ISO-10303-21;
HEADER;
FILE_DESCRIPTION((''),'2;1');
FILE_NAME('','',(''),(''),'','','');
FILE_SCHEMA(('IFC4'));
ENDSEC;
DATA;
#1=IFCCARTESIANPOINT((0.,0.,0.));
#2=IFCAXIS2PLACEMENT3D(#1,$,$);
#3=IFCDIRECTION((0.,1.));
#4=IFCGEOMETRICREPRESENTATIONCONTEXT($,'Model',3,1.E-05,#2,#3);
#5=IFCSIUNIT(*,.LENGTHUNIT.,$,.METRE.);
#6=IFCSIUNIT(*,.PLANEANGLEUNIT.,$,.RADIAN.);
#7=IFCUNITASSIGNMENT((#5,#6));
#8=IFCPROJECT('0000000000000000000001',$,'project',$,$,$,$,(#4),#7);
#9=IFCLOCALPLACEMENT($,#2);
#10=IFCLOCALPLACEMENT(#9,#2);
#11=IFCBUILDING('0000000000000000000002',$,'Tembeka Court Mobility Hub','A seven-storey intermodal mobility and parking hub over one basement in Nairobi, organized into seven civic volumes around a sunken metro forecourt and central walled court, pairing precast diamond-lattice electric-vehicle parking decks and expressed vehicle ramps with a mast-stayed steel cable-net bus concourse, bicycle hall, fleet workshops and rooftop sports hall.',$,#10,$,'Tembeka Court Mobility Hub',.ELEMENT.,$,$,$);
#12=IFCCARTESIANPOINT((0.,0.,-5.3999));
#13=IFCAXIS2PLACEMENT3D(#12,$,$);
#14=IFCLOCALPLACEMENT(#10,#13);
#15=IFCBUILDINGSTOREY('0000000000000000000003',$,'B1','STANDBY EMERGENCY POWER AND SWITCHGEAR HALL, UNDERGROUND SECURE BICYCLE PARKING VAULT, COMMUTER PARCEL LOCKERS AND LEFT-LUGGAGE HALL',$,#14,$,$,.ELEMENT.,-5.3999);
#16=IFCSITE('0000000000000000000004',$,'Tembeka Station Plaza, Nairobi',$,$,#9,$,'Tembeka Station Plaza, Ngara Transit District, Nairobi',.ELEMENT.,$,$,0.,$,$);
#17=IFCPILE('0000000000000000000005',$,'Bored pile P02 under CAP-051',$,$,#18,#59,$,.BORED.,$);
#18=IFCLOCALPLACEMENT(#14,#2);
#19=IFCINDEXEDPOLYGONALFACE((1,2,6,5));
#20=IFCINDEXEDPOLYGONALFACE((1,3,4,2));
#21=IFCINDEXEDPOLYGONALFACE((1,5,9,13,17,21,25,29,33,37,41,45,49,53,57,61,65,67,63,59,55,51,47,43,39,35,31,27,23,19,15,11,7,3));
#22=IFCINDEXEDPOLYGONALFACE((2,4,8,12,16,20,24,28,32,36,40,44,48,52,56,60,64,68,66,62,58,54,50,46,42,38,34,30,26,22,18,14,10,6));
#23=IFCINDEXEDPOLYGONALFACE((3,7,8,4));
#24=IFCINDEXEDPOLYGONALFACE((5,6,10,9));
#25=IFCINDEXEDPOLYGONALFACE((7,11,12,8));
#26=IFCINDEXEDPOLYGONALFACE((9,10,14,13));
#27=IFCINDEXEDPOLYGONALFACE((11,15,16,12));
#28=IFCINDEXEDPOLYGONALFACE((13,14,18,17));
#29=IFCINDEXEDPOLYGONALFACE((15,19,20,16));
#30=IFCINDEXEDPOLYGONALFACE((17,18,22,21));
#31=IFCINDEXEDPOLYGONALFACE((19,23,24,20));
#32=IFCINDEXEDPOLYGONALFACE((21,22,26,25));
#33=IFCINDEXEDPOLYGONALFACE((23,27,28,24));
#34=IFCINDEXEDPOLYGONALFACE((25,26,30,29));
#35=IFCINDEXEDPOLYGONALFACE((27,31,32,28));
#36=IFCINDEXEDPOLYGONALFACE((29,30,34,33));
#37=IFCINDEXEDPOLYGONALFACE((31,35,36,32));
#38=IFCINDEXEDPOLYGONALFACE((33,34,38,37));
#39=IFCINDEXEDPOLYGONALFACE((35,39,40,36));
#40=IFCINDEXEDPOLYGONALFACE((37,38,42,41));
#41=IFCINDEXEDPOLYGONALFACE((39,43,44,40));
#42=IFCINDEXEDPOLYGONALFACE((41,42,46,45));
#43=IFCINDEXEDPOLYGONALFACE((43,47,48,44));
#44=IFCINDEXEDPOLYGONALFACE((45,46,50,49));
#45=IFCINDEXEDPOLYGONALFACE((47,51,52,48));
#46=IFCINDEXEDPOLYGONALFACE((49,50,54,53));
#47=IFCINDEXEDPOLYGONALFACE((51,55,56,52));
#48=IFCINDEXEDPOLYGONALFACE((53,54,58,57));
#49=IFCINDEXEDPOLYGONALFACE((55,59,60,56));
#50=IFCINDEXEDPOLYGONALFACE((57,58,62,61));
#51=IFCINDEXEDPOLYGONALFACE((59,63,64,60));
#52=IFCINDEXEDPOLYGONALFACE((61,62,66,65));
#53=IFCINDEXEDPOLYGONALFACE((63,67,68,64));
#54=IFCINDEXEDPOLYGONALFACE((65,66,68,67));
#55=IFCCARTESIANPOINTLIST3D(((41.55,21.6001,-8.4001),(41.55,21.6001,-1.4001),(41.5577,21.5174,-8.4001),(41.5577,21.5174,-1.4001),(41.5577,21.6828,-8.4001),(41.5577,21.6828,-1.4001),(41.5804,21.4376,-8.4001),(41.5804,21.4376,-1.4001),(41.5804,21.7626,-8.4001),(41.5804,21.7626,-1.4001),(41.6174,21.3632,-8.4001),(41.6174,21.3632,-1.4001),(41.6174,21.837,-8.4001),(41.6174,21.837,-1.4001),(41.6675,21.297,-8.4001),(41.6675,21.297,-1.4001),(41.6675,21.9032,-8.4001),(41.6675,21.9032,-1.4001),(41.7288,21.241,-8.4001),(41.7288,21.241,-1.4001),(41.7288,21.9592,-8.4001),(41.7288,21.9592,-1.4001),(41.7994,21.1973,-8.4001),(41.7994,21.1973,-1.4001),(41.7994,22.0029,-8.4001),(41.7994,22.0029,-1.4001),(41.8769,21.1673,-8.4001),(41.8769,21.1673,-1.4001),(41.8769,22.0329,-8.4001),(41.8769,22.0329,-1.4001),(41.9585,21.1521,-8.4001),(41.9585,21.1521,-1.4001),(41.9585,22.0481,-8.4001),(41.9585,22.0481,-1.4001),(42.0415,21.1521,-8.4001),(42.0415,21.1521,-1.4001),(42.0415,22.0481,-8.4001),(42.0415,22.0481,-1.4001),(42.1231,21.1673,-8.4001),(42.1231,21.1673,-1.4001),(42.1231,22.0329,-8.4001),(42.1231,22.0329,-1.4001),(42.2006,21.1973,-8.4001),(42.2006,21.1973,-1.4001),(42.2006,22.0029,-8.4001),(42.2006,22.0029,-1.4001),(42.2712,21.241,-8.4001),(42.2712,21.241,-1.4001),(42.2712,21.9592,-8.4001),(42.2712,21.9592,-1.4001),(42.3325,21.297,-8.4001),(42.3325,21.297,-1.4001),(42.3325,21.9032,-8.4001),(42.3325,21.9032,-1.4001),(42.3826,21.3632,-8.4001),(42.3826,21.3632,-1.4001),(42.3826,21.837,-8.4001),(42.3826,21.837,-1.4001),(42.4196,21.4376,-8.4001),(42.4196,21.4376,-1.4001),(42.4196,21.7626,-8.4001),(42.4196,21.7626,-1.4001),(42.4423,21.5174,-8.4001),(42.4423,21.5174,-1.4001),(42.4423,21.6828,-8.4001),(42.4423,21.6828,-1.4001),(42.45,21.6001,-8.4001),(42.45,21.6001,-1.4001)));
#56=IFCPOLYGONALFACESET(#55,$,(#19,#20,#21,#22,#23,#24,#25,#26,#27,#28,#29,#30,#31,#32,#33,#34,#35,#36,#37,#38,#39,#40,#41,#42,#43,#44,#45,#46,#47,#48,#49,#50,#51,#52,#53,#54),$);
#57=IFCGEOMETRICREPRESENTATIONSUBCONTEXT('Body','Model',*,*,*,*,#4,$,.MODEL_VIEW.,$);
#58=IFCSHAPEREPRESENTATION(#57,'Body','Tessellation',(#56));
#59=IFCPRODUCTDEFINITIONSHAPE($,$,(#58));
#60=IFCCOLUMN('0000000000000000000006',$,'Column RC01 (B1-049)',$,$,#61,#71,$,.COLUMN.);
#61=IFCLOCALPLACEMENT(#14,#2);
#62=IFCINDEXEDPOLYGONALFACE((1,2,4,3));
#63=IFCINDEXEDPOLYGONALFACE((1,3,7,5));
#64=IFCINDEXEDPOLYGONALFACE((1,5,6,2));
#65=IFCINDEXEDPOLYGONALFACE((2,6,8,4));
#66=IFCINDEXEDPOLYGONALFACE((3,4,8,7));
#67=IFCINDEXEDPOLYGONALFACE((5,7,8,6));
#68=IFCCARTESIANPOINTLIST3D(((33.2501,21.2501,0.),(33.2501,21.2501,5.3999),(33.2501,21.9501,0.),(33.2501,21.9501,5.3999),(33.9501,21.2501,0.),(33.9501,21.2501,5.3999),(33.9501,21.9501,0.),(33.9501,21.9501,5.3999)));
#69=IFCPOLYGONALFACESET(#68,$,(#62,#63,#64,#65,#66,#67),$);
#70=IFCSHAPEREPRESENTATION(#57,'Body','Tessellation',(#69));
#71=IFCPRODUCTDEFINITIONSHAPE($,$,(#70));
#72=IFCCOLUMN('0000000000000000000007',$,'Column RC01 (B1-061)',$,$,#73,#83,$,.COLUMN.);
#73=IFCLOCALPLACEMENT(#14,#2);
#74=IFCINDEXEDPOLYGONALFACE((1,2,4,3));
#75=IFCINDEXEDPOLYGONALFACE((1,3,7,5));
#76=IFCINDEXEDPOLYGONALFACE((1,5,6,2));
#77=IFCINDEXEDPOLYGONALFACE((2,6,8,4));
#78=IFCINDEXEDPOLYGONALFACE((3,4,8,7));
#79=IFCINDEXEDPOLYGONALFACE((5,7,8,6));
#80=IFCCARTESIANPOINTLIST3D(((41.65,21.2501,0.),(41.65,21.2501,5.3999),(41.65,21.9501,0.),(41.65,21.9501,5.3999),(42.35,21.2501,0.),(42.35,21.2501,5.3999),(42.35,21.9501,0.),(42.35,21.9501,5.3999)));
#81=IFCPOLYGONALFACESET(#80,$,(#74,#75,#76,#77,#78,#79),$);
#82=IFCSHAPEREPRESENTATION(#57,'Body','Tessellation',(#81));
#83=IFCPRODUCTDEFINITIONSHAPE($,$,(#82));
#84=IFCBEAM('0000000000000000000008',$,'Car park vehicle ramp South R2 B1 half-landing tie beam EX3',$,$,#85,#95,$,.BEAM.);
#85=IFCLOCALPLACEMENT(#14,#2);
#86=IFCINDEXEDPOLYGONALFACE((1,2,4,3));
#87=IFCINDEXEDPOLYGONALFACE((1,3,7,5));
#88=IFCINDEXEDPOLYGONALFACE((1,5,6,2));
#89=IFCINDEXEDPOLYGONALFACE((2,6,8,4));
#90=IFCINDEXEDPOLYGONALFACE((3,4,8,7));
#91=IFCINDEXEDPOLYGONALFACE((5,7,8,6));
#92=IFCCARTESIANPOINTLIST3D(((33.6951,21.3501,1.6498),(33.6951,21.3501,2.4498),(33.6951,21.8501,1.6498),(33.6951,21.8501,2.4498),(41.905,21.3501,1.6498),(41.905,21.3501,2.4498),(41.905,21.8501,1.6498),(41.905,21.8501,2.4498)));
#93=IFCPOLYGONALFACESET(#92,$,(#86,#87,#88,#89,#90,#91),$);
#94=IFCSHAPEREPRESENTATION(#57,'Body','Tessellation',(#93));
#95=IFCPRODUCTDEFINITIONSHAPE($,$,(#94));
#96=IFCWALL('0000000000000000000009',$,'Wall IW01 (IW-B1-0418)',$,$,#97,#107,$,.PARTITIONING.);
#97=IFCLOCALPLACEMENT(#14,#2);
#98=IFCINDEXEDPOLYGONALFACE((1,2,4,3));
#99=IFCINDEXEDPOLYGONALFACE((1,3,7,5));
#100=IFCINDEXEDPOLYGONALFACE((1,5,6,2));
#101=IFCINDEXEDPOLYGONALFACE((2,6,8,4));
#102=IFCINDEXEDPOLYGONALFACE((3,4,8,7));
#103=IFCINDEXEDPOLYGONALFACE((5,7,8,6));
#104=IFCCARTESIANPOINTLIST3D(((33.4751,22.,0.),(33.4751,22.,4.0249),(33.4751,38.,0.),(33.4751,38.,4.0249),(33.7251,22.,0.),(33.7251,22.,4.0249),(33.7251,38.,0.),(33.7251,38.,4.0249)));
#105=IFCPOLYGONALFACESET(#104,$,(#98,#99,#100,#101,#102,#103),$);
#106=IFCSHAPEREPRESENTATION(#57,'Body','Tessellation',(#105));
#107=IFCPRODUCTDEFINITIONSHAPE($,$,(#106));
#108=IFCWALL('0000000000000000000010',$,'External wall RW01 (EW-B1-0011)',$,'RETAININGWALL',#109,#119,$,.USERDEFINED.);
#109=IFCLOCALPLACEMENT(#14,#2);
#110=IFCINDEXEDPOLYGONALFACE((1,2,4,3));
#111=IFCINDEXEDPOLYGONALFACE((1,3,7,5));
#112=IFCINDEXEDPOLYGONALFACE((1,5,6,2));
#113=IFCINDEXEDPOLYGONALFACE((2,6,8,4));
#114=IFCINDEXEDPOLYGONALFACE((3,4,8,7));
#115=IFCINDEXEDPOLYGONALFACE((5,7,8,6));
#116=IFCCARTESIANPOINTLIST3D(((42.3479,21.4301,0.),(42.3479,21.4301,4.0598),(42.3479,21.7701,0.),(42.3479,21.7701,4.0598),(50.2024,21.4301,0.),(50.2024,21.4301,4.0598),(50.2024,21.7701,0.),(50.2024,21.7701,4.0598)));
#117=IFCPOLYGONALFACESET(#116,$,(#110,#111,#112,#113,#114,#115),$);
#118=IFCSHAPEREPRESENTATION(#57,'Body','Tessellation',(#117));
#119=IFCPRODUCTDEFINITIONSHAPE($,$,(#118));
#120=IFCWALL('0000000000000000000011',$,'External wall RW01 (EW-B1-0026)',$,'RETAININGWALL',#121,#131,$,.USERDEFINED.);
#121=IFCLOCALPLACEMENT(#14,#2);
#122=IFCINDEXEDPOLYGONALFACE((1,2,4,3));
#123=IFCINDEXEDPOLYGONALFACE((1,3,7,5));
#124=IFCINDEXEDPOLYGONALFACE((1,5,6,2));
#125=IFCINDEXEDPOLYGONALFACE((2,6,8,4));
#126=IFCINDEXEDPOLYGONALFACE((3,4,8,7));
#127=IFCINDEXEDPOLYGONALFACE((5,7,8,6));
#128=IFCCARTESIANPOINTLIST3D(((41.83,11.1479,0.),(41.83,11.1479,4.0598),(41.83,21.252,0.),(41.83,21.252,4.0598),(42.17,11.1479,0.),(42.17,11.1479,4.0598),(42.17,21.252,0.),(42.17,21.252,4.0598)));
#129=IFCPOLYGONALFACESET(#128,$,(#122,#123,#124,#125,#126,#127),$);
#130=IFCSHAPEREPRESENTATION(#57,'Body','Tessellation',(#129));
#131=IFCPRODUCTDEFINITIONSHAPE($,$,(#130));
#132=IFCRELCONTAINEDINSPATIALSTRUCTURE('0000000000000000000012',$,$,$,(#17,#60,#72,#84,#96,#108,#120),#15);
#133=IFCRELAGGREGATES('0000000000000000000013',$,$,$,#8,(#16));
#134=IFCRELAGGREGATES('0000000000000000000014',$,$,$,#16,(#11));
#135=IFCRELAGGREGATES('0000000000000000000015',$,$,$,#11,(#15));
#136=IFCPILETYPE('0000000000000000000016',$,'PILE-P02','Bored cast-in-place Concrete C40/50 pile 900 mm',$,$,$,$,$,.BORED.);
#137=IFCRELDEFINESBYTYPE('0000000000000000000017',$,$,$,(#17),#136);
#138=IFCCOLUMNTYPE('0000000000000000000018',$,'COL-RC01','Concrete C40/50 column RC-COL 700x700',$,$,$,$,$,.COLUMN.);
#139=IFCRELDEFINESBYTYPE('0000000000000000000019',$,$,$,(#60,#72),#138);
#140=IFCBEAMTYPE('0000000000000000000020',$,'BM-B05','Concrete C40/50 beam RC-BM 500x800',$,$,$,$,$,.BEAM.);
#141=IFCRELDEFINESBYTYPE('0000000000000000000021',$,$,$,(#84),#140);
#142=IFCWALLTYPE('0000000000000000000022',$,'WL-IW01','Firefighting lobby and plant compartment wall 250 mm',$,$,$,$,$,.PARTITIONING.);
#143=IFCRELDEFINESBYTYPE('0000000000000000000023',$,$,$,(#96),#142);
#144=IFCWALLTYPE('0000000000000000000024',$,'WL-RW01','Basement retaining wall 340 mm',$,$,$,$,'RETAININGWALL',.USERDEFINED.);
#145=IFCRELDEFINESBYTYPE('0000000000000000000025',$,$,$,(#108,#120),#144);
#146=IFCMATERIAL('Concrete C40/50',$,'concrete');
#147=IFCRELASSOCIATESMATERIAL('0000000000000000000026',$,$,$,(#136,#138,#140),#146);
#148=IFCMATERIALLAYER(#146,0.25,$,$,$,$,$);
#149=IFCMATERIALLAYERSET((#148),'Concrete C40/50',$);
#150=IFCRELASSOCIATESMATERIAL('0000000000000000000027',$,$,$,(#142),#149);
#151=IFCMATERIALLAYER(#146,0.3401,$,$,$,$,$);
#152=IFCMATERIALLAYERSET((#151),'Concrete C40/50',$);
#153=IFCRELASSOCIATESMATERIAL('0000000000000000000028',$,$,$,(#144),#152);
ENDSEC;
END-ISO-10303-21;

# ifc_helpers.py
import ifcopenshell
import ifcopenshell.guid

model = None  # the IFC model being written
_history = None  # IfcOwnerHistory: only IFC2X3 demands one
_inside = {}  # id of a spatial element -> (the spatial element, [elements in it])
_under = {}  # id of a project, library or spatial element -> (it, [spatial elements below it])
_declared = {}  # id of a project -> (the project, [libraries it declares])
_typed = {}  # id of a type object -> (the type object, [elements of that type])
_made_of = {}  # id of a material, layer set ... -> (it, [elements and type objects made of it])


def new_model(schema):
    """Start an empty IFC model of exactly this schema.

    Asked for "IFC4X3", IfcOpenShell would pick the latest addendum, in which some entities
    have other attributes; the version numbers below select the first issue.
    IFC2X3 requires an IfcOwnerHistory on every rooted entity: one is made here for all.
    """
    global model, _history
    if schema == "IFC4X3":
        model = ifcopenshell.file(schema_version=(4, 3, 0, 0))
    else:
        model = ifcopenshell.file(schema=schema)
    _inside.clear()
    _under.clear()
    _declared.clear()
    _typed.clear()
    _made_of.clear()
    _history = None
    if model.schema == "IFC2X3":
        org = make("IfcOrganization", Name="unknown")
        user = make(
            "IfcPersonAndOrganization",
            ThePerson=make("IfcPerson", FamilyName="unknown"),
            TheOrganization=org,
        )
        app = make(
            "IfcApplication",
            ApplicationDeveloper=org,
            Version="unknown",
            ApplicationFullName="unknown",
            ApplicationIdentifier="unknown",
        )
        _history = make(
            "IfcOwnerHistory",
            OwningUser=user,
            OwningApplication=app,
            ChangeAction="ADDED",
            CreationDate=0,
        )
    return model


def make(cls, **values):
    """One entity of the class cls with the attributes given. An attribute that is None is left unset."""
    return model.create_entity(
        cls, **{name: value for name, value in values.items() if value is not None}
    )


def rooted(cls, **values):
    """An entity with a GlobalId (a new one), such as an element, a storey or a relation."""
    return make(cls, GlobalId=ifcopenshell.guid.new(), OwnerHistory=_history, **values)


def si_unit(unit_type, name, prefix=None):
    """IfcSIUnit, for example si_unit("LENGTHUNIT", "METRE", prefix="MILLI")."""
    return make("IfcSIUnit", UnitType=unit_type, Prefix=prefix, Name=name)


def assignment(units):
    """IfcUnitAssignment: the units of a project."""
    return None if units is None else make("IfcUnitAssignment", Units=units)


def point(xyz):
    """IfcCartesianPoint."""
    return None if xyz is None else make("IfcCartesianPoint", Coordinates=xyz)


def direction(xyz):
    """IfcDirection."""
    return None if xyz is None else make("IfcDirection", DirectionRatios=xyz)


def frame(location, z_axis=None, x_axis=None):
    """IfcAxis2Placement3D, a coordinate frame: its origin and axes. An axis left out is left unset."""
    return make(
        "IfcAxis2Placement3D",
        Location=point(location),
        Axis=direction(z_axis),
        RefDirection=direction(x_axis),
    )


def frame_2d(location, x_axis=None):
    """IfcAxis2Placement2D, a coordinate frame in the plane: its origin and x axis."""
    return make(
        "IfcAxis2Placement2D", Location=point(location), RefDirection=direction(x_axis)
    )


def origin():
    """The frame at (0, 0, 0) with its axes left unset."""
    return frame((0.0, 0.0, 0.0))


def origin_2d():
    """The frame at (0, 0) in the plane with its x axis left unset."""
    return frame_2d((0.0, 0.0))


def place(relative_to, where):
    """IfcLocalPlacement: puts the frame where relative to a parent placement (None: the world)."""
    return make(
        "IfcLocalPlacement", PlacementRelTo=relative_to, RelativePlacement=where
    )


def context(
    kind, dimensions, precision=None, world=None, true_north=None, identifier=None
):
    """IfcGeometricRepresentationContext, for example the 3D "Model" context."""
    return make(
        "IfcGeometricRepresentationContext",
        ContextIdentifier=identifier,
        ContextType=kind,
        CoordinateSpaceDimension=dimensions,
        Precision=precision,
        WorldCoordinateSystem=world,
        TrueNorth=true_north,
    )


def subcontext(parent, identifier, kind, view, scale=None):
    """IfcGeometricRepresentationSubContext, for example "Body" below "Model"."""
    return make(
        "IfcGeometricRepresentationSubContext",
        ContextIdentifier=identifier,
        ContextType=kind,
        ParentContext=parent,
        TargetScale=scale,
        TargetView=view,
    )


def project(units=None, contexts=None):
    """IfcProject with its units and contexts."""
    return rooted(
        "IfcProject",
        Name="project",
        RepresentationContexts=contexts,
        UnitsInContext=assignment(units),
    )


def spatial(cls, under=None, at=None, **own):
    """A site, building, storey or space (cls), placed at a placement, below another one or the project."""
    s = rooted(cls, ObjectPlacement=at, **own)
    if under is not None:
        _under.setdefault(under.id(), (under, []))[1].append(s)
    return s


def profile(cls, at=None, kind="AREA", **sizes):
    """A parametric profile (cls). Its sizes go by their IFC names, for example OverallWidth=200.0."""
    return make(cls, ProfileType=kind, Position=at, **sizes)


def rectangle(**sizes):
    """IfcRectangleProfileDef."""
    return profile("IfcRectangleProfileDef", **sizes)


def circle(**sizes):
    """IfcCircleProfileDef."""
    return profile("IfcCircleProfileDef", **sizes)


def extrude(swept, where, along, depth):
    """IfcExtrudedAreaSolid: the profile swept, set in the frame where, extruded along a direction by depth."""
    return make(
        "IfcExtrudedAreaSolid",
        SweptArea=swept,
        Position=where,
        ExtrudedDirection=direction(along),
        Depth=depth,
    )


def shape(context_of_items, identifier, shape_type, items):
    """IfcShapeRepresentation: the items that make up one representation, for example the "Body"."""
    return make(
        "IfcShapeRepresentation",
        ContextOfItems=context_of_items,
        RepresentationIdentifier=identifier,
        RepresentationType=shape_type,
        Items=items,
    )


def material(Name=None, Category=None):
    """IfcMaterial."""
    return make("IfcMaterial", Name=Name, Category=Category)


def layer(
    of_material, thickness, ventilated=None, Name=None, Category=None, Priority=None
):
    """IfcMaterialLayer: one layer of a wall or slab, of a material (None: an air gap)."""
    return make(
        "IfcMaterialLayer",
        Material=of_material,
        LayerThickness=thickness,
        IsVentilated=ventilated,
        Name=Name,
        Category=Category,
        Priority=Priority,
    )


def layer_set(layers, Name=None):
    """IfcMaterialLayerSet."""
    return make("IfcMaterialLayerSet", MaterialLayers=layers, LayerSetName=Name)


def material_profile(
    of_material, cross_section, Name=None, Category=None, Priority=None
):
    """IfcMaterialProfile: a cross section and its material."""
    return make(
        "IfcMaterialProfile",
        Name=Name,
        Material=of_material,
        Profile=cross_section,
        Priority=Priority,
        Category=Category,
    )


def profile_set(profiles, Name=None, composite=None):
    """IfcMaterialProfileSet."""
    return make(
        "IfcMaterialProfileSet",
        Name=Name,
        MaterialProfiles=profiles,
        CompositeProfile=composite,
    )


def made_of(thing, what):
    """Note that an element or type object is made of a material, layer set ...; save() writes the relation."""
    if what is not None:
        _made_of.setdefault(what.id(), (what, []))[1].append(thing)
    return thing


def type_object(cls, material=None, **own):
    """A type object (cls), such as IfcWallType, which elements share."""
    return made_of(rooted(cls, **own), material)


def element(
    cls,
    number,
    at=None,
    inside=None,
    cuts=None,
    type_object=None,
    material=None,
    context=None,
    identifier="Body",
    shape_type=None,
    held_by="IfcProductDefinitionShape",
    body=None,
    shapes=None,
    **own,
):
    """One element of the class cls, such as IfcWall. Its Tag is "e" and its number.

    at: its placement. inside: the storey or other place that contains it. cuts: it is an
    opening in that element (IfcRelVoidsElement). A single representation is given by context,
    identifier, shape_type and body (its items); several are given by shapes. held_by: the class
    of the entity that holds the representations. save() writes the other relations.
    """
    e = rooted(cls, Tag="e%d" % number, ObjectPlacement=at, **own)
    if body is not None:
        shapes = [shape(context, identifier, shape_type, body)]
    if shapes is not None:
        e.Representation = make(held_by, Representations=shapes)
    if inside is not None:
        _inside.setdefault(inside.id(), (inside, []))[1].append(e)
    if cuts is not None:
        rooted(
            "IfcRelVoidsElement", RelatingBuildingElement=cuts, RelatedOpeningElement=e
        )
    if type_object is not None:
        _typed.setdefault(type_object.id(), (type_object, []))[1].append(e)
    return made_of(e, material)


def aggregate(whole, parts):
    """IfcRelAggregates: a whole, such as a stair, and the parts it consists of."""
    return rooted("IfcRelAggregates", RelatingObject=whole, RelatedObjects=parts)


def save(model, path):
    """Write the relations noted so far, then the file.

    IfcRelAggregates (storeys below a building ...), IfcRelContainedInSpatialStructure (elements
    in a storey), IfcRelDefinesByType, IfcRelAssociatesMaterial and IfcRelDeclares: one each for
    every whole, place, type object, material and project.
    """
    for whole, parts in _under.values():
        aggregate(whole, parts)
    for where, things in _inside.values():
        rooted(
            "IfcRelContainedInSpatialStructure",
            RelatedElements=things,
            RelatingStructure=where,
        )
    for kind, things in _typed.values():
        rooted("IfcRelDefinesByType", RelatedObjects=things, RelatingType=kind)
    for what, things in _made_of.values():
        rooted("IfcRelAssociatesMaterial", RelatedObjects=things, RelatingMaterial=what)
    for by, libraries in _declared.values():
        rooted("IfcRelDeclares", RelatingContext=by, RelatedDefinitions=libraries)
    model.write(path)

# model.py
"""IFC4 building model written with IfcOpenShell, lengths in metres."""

from ifc_helpers import new_model, si_unit, direction, frame, frame_2d, origin, origin_2d, place, context, subcontext, project, spatial, rectangle, circle, extrude, material, layer, layer_set, material_profile, profile_set, type_object, element, save


model = new_model("IFC4")

# Units and contexts
model_context = context("Model", 3, precision=1e-05, world=origin(), true_north=direction((0.0, 1.0)))
body_context = subcontext(model_context, "Body", "Model", "MODEL_VIEW")
ifc_project = project(units=[si_unit("LENGTHUNIT", "METRE"), si_unit("PLANEANGLEUNIT", "RADIAN")], contexts=[model_context])

# Site, building, storey
site_placement = place(None, origin())
site = spatial("IfcSite", under=ifc_project, at=site_placement, Name="Tembeka Station Plaza, Nairobi", LongName="Tembeka Station Plaza, Ngara Transit District, Nairobi", CompositionType="ELEMENT", RefElevation=0.0)
building_placement = place(site_placement, origin())
building = spatial("IfcBuilding", under=site, at=building_placement, Name="Tembeka Court Mobility Hub", Description="A seven-storey intermodal mobility and parking hub over one basement in Nairobi, organized into seven civic volumes around a sunken metro forecourt and central walled court, pairing precast diamond-lattice electric-vehicle parking decks and expressed vehicle ramps with a mast-stayed steel cable-net bus concourse, bicycle hall, fleet workshops and rooftop sports hall.", LongName="Tembeka Court Mobility Hub", CompositionType="ELEMENT")
storey_placement = place(building_placement, frame((0.0, 0.0, -5.3999)))
storey = spatial("IfcBuildingStorey", under=building, at=storey_placement, Name="B1", Description="STANDBY EMERGENCY POWER AND SWITCHGEAR HALL, UNDERGROUND SECURE BICYCLE PARKING VAULT, COMMUTER PARCEL LOCKERS AND LEFT-LUGGAGE HALL", CompositionType="ELEMENT", Elevation=-5.3999)

# Shared definitions
ifc_material_1 = material(Name="Concrete C40/50", Category="concrete")

# Pile
ifc_material_profile_1 = material_profile(ifc_material_1, circle(Radius=0.45, at=origin_2d()), Name="PILE D900")
ifc_profile_set_1 = profile_set([ifc_material_profile_1], Name="Concrete C40/50")
pile_type = type_object("IfcPileType", Name="PILE-P02", Description="Bored cast-in-place Concrete C40/50 pile 900 mm", PredefinedType="BORED", material=ifc_profile_set_1)
for number, where, z_axis, x_axis, name in (
    (1, (42.0, 21.6001, -1.4001), (0.0, 0.0, -1.0), (1.0, 0.0, 0.0), "Bored pile P02 under CAP-051"),
):
    element("IfcPile", number, at=place(storey_placement, frame(where, z_axis=z_axis, x_axis=x_axis)), inside=storey, type_object=pile_type, Name=name, PredefinedType="BORED", context=body_context, shape_type="SweptSolid", body=[
        extrude(circle(Radius=0.45, at=origin_2d()), origin(), (0.0, 0.0, 1.0), 7.0),
    ])

# Columns
ifc_material_profile_2 = material_profile(ifc_material_1, rectangle(XDim=0.7, YDim=0.7, at=origin_2d()), Name="RC-COL 700x700")
ifc_profile_set_2 = profile_set([ifc_material_profile_2], Name="Concrete C40/50")
column_type = type_object("IfcColumnType", Name="COL-RC01", Description="Concrete C40/50 column RC-COL 700x700", PredefinedType="COLUMN", material=ifc_profile_set_2)
for number, where, z_axis, x_axis, name in (
    (2, (33.6001, 21.6001, 0.0), (0.0, 0.0, 1.0), (1.0, 0.0, 0.0), "Column RC01 (B1-049)"),
    (3, (42.0, 21.6001, 0.0), (0.0, 0.0, 1.0), (1.0, 0.0, 0.0), "Column RC01 (B1-061)"),
):
    element("IfcColumn", number, at=place(storey_placement, frame(where, z_axis=z_axis, x_axis=x_axis)), inside=storey, type_object=column_type, Name=name, PredefinedType="COLUMN", context=body_context, shape_type="SweptSolid", body=[
        extrude(rectangle(XDim=0.7, YDim=0.7, at=origin_2d()), origin(), (0.0, 0.0, 1.0), 5.3999),
    ])

# Beam
ifc_material_profile_3 = material_profile(ifc_material_1, rectangle(XDim=0.5, YDim=0.8, at=origin_2d()), Name="RC-BM 500x800")
ifc_profile_set_3 = profile_set([ifc_material_profile_3], Name="Concrete C40/50")
beam_type = type_object("IfcBeamType", Name="BM-B05", Description="Concrete C40/50 beam RC-BM 500x800", PredefinedType="BEAM", material=ifc_profile_set_3)
beam_placement = place(storey_placement, frame((33.6951, 21.6001, 2.0498), z_axis=(1.0, 0.0, 0.0), x_axis=(0.0, 1.0, 0.0)))
element("IfcBeam", 4, at=beam_placement, inside=storey, type_object=beam_type, Name="Car park vehicle ramp South R2 B1 half-landing tie beam EX3", PredefinedType="BEAM", context=body_context, shape_type="SweptSolid", body=[
    extrude(rectangle(XDim=0.5, YDim=0.8, at=origin_2d()), origin(), (0.0, 0.0, 1.0), 8.21),
])

# Walls
ifc_layer_1 = layer(ifc_material_1, 0.25)
ifc_layer_set_1 = layer_set([ifc_layer_1], Name="Concrete C40/50")
wall_type_1 = type_object("IfcWallType", Name="WL-IW01", Description="Firefighting lobby and plant compartment wall 250 mm", PredefinedType="PARTITIONING", material=ifc_layer_set_1)
wall_1_placement = place(storey_placement, frame((33.6001, 22.0, 0.0), z_axis=(0.0, 0.0, 1.0), x_axis=(0.0, 1.0, 0.0)))
element("IfcWall", 5, at=wall_1_placement, inside=storey, type_object=wall_type_1, Name="Wall IW01 (IW-B1-0418)", PredefinedType="PARTITIONING", context=body_context, shape_type="SweptSolid", body=[
    extrude(rectangle(XDim=16.0, YDim=0.25, at=frame_2d((8.0, 0.0))), origin(), (0.0, 0.0, 1.0), 4.0249),
])
ifc_layer_2 = layer(ifc_material_1, 0.3401)
ifc_layer_set_2 = layer_set([ifc_layer_2], Name="Concrete C40/50")
wall_type_2 = type_object("IfcWallType", Name="WL-RW01", Description="Basement retaining wall 340 mm", ElementType="RETAININGWALL", PredefinedType="USERDEFINED", material=ifc_layer_set_2)
wall_2_placement = place(storey_placement, frame((42.3479, 21.6001, 0.0), z_axis=(0.0, 0.0, 1.0), x_axis=(1.0, 0.0, 0.0)))
element("IfcWall", 6, at=wall_2_placement, inside=storey, type_object=wall_type_2, Name="External wall RW01 (EW-B1-0011)", ObjectType="RETAININGWALL", PredefinedType="USERDEFINED", context=body_context, shape_type="SweptSolid", body=[
    extrude(rectangle(XDim=7.8545, YDim=0.3401, at=frame_2d((3.9272, 0.0))), origin(), (0.0, 0.0, 1.0), 4.0598),
])
wall_3_placement = place(storey_placement, frame((42.0, 11.1479, 0.0), z_axis=(0.0, 0.0, 1.0), x_axis=(0.0, 1.0, 0.0)))
element("IfcWall", 7, at=wall_3_placement, inside=storey, type_object=wall_type_2, Name="External wall RW01 (EW-B1-0026)", ObjectType="RETAININGWALL", PredefinedType="USERDEFINED", context=body_context, shape_type="SweptSolid", body=[
    extrude(rectangle(XDim=10.104, YDim=0.3401, at=frame_2d((5.052, 0.0))), origin(), (0.0, 0.0, 1.0), 4.0598),
])

save(model, "model.ifc")
